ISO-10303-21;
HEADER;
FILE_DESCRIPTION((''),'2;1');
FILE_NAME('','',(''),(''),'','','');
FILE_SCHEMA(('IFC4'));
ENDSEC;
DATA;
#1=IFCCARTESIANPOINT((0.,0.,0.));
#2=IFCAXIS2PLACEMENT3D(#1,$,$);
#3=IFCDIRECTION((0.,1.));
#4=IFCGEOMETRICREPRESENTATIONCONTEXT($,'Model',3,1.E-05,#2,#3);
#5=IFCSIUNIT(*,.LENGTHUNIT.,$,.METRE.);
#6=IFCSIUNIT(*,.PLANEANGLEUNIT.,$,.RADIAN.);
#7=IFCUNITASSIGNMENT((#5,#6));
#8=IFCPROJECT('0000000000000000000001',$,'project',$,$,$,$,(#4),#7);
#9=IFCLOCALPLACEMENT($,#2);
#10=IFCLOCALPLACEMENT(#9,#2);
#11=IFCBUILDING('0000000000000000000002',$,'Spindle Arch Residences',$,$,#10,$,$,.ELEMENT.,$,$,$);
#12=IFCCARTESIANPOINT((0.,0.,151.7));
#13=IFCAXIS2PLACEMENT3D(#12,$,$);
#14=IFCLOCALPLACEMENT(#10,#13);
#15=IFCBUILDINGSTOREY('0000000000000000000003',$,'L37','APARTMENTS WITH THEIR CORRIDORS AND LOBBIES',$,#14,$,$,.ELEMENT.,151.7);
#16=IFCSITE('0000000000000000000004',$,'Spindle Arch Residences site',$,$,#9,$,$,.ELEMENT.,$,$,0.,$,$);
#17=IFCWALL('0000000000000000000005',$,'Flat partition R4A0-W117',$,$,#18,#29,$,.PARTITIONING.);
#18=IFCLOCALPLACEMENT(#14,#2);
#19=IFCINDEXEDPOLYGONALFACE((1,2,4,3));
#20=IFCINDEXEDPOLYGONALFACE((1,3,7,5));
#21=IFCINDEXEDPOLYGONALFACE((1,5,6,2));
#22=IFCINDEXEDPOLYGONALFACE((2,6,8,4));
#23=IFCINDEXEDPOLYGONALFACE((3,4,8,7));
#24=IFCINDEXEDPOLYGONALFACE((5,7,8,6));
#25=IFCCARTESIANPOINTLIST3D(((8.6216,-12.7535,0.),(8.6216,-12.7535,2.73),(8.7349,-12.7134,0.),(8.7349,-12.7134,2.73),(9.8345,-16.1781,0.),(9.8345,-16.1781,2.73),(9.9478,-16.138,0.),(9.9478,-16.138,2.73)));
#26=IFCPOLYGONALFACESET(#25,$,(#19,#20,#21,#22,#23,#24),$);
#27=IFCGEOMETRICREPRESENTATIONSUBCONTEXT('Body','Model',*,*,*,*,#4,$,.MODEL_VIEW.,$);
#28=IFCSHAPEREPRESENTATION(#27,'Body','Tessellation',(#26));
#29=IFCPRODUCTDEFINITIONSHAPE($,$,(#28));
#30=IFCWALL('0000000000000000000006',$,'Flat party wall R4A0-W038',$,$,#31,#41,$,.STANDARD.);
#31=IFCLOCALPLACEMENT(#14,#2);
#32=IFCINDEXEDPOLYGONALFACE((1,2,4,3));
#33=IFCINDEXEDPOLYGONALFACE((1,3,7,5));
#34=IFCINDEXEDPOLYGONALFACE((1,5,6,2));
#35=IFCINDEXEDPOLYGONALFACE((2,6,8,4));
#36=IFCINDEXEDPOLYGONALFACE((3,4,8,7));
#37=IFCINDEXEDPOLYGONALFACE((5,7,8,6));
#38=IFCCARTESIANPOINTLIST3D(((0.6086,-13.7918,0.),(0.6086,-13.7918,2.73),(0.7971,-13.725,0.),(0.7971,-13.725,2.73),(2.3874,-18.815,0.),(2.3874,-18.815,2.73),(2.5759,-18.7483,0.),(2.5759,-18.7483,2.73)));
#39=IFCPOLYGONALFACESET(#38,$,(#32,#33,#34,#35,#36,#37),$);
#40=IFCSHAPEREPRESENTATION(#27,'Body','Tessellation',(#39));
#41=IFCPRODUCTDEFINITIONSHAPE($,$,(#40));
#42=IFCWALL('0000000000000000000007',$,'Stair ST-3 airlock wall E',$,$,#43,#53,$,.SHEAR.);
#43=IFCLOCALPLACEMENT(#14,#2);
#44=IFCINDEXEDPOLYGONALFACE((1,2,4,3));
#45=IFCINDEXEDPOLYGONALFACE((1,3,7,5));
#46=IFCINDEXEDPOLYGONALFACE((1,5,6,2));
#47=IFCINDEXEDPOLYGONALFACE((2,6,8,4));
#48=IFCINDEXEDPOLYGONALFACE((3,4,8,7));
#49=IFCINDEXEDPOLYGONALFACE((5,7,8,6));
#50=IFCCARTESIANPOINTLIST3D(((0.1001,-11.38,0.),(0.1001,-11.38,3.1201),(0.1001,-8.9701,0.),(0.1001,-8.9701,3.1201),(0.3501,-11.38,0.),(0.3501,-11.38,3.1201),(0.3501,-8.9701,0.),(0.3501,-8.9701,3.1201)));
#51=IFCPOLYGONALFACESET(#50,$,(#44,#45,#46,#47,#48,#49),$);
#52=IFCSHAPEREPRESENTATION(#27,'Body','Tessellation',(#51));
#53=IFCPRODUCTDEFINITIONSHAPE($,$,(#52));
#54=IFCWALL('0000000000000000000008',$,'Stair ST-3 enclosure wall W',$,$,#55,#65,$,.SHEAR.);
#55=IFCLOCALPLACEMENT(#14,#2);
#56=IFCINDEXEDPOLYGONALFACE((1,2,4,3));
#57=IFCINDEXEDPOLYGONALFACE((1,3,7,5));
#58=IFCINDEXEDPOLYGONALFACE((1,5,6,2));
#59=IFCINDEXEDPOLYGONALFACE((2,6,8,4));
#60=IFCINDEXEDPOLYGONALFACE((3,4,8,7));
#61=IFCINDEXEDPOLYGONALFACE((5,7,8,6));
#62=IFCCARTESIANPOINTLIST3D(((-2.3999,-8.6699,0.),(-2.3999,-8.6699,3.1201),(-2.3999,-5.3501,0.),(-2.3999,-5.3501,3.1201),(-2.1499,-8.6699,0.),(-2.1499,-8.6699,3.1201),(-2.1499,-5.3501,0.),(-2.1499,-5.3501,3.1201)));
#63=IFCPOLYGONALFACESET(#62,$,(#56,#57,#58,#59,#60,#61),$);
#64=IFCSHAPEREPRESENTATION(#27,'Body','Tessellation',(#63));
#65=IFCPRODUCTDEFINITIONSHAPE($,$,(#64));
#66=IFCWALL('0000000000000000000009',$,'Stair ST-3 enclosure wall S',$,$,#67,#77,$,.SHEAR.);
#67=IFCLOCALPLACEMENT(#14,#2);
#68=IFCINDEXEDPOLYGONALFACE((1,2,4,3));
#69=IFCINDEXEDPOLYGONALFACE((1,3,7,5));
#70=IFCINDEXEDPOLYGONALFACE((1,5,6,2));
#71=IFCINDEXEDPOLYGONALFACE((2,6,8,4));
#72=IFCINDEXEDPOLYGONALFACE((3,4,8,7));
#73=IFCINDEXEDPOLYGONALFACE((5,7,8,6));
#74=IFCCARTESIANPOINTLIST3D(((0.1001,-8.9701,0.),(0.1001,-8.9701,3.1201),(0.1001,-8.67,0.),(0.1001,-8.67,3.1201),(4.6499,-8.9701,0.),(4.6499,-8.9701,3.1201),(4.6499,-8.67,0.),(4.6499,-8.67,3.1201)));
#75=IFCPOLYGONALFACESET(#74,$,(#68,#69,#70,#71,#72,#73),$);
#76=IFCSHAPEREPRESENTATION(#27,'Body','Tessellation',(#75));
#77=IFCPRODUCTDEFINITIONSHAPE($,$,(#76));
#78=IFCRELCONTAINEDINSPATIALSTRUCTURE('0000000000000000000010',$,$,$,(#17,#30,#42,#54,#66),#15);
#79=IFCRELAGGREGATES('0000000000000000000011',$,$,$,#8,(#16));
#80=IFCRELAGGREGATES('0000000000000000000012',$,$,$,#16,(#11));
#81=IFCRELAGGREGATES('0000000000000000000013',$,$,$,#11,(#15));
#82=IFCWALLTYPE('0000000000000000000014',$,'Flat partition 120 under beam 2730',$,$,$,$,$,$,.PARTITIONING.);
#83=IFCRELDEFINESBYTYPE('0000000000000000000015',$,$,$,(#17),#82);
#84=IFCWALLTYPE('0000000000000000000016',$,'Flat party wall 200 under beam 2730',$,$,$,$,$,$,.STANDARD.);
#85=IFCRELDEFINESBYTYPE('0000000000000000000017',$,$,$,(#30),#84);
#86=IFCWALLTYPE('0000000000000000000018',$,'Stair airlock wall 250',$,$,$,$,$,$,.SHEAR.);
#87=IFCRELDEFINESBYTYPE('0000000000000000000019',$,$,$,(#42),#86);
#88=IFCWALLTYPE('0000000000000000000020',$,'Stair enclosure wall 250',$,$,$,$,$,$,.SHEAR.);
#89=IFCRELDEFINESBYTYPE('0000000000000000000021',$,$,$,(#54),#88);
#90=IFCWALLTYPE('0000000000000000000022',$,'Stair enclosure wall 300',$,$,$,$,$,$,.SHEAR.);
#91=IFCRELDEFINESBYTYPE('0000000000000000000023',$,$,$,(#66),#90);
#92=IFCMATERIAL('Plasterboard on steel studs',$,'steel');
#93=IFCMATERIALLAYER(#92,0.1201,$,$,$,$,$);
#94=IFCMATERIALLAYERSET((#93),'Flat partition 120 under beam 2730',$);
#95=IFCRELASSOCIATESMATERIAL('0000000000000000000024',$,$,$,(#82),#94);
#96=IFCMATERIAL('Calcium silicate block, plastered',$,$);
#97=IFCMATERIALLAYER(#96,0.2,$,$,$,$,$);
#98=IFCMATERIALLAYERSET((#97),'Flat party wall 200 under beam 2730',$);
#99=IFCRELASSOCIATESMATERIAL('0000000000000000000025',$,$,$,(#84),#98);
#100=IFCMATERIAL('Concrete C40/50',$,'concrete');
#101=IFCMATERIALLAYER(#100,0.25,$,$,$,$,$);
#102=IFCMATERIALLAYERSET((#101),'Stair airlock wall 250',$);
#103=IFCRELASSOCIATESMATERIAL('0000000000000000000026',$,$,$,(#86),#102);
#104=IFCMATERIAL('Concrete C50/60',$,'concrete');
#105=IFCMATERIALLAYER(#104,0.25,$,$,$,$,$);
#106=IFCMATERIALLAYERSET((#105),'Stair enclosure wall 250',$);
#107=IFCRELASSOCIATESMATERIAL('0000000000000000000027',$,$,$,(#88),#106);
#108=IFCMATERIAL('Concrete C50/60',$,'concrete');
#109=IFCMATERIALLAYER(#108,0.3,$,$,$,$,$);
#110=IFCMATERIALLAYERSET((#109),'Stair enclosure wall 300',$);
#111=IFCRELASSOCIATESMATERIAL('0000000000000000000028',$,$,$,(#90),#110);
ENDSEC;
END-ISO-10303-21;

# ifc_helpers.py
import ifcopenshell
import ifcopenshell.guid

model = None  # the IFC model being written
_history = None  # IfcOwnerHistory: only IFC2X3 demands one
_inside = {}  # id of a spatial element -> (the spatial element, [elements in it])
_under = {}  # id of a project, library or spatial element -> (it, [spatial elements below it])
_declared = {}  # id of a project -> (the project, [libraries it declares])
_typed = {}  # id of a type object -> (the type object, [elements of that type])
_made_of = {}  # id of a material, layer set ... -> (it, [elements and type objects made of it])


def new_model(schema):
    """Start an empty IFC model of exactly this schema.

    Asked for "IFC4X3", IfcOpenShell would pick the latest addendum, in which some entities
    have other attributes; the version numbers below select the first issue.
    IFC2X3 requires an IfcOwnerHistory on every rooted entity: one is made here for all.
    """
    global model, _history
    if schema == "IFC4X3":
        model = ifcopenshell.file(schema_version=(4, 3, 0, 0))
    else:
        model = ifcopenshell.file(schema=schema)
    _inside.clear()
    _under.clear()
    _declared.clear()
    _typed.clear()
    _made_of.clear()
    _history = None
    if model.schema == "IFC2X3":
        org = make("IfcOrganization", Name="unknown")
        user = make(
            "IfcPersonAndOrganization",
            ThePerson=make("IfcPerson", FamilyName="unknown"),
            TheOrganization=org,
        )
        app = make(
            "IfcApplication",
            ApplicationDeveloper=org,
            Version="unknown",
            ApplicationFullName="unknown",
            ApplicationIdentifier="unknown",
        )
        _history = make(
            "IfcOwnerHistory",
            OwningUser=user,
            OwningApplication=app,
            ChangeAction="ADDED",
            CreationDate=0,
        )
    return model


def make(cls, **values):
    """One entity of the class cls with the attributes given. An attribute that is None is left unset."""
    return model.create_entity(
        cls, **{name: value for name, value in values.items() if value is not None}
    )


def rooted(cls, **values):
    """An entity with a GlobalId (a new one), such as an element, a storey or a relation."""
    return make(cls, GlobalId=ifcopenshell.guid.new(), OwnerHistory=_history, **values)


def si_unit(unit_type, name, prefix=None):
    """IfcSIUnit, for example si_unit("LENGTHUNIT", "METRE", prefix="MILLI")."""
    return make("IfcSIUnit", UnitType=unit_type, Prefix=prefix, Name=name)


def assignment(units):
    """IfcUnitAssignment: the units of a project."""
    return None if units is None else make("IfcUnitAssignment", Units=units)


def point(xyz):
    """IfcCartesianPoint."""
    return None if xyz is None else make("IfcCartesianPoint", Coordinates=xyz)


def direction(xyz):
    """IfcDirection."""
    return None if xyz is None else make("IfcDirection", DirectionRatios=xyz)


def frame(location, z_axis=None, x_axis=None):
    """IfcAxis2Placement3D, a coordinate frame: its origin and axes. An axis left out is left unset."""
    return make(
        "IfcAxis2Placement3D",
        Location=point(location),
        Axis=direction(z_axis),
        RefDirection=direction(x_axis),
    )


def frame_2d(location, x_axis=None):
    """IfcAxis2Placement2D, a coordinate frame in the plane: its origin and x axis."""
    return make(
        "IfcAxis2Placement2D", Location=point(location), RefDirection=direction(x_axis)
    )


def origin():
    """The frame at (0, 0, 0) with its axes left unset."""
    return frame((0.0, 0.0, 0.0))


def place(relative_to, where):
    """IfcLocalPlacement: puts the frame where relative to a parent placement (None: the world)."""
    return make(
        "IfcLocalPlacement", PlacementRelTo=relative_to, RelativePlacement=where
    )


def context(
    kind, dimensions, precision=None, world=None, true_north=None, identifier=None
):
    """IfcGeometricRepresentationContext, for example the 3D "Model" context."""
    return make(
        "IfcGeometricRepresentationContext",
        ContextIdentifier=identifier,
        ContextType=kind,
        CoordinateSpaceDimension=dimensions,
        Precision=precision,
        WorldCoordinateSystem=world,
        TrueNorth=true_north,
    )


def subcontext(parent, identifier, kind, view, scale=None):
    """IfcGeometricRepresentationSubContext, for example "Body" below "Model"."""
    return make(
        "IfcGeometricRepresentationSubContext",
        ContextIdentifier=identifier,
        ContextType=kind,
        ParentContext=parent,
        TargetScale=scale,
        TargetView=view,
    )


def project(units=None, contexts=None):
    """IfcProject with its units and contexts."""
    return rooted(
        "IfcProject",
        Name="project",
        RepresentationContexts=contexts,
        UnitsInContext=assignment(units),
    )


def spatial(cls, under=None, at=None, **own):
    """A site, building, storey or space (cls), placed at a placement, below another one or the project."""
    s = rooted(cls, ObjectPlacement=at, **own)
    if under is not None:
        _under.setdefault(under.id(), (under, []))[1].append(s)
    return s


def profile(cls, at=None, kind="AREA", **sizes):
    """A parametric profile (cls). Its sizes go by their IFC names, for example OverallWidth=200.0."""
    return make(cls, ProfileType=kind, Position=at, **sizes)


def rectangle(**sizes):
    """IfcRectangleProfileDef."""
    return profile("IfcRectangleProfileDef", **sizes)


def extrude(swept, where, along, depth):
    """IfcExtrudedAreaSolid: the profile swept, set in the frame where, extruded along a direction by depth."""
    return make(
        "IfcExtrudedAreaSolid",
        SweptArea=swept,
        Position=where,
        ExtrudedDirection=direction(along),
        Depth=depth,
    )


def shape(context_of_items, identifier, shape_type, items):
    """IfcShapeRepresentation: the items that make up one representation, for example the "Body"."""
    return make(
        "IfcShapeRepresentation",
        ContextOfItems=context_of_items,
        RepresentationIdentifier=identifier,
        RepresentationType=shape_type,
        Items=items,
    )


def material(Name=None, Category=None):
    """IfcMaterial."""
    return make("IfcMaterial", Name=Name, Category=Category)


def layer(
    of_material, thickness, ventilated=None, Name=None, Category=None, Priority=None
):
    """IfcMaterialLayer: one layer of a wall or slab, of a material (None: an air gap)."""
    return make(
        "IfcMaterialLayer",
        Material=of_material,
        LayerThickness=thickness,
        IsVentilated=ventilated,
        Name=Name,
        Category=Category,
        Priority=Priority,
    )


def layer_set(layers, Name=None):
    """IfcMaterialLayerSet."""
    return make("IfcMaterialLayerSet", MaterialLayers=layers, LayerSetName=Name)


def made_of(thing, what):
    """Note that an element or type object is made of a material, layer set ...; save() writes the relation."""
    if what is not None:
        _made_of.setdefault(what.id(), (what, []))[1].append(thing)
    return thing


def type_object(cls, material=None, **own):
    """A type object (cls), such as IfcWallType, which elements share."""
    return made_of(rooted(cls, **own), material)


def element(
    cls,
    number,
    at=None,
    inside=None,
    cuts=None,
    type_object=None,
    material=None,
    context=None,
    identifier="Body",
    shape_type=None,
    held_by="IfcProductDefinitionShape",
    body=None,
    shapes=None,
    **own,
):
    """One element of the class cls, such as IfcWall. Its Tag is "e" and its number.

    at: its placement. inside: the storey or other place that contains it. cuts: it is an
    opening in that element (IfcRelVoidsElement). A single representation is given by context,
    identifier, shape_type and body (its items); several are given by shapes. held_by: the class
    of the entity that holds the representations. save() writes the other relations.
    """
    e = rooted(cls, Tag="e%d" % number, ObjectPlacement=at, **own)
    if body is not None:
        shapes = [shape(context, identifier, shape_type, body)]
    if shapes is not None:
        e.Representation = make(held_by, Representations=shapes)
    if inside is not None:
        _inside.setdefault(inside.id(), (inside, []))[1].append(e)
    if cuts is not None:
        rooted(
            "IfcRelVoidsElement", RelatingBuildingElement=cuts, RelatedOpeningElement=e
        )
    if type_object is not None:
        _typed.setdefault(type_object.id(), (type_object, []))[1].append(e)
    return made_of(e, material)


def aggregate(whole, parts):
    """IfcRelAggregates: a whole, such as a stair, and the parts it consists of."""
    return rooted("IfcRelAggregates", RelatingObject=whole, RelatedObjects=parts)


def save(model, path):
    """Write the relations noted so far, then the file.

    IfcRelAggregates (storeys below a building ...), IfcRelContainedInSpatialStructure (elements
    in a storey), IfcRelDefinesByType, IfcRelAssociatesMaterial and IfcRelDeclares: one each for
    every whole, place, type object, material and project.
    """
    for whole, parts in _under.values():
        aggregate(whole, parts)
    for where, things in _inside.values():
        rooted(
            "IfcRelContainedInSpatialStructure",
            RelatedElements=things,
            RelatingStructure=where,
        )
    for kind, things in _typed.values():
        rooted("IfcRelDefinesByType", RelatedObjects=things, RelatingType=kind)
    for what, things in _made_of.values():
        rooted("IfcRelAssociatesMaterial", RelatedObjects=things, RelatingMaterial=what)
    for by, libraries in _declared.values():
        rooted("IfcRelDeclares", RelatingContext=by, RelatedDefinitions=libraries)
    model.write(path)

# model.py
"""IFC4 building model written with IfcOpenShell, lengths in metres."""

from ifc_helpers import new_model, si_unit, direction, frame, frame_2d, origin, place, context, subcontext, project, spatial, rectangle, extrude, material, layer, layer_set, type_object, element, save


model = new_model("IFC4")

# Units and contexts
model_context = context("Model", 3, precision=1e-05, world=origin(), true_north=direction((0.0, 1.0)))
body_context = subcontext(model_context, "Body", "Model", "MODEL_VIEW")
ifc_project = project(units=[si_unit("LENGTHUNIT", "METRE"), si_unit("PLANEANGLEUNIT", "RADIAN")], contexts=[model_context])

# Site, building, storey
site_placement = place(None, origin())
site = spatial("IfcSite", under=ifc_project, at=site_placement, Name="Spindle Arch Residences site", CompositionType="ELEMENT", RefElevation=0.0)
building_placement = place(site_placement, origin())
building = spatial("IfcBuilding", under=site, at=building_placement, Name="Spindle Arch Residences", CompositionType="ELEMENT")
storey_placement = place(building_placement, frame((0.0, 0.0, 151.7)))
storey = spatial("IfcBuildingStorey", under=building, at=storey_placement, Name="L37", Description="APARTMENTS WITH THEIR CORRIDORS AND LOBBIES", CompositionType="ELEMENT", Elevation=151.7)

# Walls
ifc_material_1 = material(Name="Plasterboard on steel studs", Category="steel")
ifc_layer_1 = layer(ifc_material_1, 0.1201)
ifc_layer_set_1 = layer_set([ifc_layer_1], Name="Flat partition 120 under beam 2730")
wall_type_1 = type_object("IfcWallType", Name="Flat partition 120 under beam 2730", PredefinedType="PARTITIONING", material=ifc_layer_set_1)
wall_1_placement = place(storey_placement, frame((9.8911, -16.158, 0.0), z_axis=(0.0, 0.0, 1.0), x_axis=(-0.333853, 0.942625, 0.0)))
element("IfcWall", 1, at=wall_1_placement, inside=storey, type_object=wall_type_1, Name="Flat partition R4A0-W117", PredefinedType="PARTITIONING", context=body_context, shape_type="SweptSolid", body=[
    extrude(rectangle(XDim=3.6331, YDim=0.1201, at=frame_2d((1.8164, 0.0))), origin(), (0.0, 0.0, 1.0), 2.73),
])
ifc_material_2 = material(Name="Calcium silicate block, plastered")
ifc_layer_2 = layer(ifc_material_2, 0.2)
ifc_layer_set_2 = layer_set([ifc_layer_2], Name="Flat party wall 200 under beam 2730")
wall_type_2 = type_object("IfcWallType", Name="Flat party wall 200 under beam 2730", PredefinedType="STANDARD", material=ifc_layer_set_2)
wall_2_placement = place(storey_placement, frame((2.4817, -18.7817, 0.0), z_axis=(0.0, 0.0, 1.0), x_axis=(-0.333807, 0.942641, 0.0)))
element("IfcWall", 2, at=wall_2_placement, inside=storey, type_object=wall_type_2, Name="Flat party wall R4A0-W038", PredefinedType="STANDARD", context=body_context, shape_type="SweptSolid", body=[
    extrude(rectangle(XDim=5.3289, YDim=0.2, at=frame_2d((2.6646, 0.0))), origin(), (0.0, 0.0, 1.0), 2.73),
])
ifc_material_3 = material(Name="Concrete C40/50", Category="concrete")
ifc_layer_3 = layer(ifc_material_3, 0.25)
ifc_layer_set_3 = layer_set([ifc_layer_3], Name="Stair airlock wall 250")
wall_type_3 = type_object("IfcWallType", Name="Stair airlock wall 250", PredefinedType="SHEAR", material=ifc_layer_set_3)
wall_3_placement = place(storey_placement, frame((0.2251, -8.97, 0.0), z_axis=(0.0, 0.0, 1.0), x_axis=(0.0, -1.0, 0.0)))
element("IfcWall", 3, at=wall_3_placement, inside=storey, type_object=wall_type_3, Name="Stair ST-3 airlock wall E", PredefinedType="SHEAR", context=body_context, shape_type="SweptSolid", body=[
    extrude(rectangle(XDim=2.4099, YDim=0.25, at=frame_2d((1.2051, 0.0))), origin(), (0.0, 0.0, 1.0), 3.1201),
])
ifc_material_4 = material(Name="Concrete C50/60", Category="concrete")
ifc_layer_4 = layer(ifc_material_4, 0.25)
ifc_layer_set_4 = layer_set([ifc_layer_4], Name="Stair enclosure wall 250")
wall_type_4 = type_object("IfcWallType", Name="Stair enclosure wall 250", PredefinedType="SHEAR", material=ifc_layer_set_4)
wall_4_placement = place(storey_placement, frame((-2.2749, -8.6699, 0.0), z_axis=(0.0, 0.0, 1.0), x_axis=(0.0, 1.0, 0.0)))
element("IfcWall", 4, at=wall_4_placement, inside=storey, type_object=wall_type_4, Name="Stair ST-3 enclosure wall W", PredefinedType="SHEAR", context=body_context, shape_type="SweptSolid", body=[
    extrude(rectangle(XDim=3.3198, YDim=0.25, at=frame_2d((1.6599, 0.0))), origin(), (0.0, 0.0, 1.0), 3.1201),
])
ifc_material_5 = material(Name="Concrete C50/60", Category="concrete")
ifc_layer_5 = layer(ifc_material_5, 0.3)
ifc_layer_set_5 = layer_set([ifc_layer_5], Name="Stair enclosure wall 300")
wall_type_5 = type_object("IfcWallType", Name="Stair enclosure wall 300", PredefinedType="SHEAR", material=ifc_layer_set_5)
wall_5_placement = place(storey_placement, frame((0.1001, -8.8201, 0.0), z_axis=(0.0, 0.0, 1.0), x_axis=(1.0, 0.0, 0.0)))
element("IfcWall", 5, at=wall_5_placement, inside=storey, type_object=wall_type_5, Name="Stair ST-3 enclosure wall S", PredefinedType="SHEAR", context=body_context, shape_type="SweptSolid", body=[
    extrude(rectangle(XDim=4.5498, YDim=0.3, at=frame_2d((2.2749, 0.0))), origin(), (0.0, 0.0, 1.0), 3.1201),
])

save(model, "model.ifc")
